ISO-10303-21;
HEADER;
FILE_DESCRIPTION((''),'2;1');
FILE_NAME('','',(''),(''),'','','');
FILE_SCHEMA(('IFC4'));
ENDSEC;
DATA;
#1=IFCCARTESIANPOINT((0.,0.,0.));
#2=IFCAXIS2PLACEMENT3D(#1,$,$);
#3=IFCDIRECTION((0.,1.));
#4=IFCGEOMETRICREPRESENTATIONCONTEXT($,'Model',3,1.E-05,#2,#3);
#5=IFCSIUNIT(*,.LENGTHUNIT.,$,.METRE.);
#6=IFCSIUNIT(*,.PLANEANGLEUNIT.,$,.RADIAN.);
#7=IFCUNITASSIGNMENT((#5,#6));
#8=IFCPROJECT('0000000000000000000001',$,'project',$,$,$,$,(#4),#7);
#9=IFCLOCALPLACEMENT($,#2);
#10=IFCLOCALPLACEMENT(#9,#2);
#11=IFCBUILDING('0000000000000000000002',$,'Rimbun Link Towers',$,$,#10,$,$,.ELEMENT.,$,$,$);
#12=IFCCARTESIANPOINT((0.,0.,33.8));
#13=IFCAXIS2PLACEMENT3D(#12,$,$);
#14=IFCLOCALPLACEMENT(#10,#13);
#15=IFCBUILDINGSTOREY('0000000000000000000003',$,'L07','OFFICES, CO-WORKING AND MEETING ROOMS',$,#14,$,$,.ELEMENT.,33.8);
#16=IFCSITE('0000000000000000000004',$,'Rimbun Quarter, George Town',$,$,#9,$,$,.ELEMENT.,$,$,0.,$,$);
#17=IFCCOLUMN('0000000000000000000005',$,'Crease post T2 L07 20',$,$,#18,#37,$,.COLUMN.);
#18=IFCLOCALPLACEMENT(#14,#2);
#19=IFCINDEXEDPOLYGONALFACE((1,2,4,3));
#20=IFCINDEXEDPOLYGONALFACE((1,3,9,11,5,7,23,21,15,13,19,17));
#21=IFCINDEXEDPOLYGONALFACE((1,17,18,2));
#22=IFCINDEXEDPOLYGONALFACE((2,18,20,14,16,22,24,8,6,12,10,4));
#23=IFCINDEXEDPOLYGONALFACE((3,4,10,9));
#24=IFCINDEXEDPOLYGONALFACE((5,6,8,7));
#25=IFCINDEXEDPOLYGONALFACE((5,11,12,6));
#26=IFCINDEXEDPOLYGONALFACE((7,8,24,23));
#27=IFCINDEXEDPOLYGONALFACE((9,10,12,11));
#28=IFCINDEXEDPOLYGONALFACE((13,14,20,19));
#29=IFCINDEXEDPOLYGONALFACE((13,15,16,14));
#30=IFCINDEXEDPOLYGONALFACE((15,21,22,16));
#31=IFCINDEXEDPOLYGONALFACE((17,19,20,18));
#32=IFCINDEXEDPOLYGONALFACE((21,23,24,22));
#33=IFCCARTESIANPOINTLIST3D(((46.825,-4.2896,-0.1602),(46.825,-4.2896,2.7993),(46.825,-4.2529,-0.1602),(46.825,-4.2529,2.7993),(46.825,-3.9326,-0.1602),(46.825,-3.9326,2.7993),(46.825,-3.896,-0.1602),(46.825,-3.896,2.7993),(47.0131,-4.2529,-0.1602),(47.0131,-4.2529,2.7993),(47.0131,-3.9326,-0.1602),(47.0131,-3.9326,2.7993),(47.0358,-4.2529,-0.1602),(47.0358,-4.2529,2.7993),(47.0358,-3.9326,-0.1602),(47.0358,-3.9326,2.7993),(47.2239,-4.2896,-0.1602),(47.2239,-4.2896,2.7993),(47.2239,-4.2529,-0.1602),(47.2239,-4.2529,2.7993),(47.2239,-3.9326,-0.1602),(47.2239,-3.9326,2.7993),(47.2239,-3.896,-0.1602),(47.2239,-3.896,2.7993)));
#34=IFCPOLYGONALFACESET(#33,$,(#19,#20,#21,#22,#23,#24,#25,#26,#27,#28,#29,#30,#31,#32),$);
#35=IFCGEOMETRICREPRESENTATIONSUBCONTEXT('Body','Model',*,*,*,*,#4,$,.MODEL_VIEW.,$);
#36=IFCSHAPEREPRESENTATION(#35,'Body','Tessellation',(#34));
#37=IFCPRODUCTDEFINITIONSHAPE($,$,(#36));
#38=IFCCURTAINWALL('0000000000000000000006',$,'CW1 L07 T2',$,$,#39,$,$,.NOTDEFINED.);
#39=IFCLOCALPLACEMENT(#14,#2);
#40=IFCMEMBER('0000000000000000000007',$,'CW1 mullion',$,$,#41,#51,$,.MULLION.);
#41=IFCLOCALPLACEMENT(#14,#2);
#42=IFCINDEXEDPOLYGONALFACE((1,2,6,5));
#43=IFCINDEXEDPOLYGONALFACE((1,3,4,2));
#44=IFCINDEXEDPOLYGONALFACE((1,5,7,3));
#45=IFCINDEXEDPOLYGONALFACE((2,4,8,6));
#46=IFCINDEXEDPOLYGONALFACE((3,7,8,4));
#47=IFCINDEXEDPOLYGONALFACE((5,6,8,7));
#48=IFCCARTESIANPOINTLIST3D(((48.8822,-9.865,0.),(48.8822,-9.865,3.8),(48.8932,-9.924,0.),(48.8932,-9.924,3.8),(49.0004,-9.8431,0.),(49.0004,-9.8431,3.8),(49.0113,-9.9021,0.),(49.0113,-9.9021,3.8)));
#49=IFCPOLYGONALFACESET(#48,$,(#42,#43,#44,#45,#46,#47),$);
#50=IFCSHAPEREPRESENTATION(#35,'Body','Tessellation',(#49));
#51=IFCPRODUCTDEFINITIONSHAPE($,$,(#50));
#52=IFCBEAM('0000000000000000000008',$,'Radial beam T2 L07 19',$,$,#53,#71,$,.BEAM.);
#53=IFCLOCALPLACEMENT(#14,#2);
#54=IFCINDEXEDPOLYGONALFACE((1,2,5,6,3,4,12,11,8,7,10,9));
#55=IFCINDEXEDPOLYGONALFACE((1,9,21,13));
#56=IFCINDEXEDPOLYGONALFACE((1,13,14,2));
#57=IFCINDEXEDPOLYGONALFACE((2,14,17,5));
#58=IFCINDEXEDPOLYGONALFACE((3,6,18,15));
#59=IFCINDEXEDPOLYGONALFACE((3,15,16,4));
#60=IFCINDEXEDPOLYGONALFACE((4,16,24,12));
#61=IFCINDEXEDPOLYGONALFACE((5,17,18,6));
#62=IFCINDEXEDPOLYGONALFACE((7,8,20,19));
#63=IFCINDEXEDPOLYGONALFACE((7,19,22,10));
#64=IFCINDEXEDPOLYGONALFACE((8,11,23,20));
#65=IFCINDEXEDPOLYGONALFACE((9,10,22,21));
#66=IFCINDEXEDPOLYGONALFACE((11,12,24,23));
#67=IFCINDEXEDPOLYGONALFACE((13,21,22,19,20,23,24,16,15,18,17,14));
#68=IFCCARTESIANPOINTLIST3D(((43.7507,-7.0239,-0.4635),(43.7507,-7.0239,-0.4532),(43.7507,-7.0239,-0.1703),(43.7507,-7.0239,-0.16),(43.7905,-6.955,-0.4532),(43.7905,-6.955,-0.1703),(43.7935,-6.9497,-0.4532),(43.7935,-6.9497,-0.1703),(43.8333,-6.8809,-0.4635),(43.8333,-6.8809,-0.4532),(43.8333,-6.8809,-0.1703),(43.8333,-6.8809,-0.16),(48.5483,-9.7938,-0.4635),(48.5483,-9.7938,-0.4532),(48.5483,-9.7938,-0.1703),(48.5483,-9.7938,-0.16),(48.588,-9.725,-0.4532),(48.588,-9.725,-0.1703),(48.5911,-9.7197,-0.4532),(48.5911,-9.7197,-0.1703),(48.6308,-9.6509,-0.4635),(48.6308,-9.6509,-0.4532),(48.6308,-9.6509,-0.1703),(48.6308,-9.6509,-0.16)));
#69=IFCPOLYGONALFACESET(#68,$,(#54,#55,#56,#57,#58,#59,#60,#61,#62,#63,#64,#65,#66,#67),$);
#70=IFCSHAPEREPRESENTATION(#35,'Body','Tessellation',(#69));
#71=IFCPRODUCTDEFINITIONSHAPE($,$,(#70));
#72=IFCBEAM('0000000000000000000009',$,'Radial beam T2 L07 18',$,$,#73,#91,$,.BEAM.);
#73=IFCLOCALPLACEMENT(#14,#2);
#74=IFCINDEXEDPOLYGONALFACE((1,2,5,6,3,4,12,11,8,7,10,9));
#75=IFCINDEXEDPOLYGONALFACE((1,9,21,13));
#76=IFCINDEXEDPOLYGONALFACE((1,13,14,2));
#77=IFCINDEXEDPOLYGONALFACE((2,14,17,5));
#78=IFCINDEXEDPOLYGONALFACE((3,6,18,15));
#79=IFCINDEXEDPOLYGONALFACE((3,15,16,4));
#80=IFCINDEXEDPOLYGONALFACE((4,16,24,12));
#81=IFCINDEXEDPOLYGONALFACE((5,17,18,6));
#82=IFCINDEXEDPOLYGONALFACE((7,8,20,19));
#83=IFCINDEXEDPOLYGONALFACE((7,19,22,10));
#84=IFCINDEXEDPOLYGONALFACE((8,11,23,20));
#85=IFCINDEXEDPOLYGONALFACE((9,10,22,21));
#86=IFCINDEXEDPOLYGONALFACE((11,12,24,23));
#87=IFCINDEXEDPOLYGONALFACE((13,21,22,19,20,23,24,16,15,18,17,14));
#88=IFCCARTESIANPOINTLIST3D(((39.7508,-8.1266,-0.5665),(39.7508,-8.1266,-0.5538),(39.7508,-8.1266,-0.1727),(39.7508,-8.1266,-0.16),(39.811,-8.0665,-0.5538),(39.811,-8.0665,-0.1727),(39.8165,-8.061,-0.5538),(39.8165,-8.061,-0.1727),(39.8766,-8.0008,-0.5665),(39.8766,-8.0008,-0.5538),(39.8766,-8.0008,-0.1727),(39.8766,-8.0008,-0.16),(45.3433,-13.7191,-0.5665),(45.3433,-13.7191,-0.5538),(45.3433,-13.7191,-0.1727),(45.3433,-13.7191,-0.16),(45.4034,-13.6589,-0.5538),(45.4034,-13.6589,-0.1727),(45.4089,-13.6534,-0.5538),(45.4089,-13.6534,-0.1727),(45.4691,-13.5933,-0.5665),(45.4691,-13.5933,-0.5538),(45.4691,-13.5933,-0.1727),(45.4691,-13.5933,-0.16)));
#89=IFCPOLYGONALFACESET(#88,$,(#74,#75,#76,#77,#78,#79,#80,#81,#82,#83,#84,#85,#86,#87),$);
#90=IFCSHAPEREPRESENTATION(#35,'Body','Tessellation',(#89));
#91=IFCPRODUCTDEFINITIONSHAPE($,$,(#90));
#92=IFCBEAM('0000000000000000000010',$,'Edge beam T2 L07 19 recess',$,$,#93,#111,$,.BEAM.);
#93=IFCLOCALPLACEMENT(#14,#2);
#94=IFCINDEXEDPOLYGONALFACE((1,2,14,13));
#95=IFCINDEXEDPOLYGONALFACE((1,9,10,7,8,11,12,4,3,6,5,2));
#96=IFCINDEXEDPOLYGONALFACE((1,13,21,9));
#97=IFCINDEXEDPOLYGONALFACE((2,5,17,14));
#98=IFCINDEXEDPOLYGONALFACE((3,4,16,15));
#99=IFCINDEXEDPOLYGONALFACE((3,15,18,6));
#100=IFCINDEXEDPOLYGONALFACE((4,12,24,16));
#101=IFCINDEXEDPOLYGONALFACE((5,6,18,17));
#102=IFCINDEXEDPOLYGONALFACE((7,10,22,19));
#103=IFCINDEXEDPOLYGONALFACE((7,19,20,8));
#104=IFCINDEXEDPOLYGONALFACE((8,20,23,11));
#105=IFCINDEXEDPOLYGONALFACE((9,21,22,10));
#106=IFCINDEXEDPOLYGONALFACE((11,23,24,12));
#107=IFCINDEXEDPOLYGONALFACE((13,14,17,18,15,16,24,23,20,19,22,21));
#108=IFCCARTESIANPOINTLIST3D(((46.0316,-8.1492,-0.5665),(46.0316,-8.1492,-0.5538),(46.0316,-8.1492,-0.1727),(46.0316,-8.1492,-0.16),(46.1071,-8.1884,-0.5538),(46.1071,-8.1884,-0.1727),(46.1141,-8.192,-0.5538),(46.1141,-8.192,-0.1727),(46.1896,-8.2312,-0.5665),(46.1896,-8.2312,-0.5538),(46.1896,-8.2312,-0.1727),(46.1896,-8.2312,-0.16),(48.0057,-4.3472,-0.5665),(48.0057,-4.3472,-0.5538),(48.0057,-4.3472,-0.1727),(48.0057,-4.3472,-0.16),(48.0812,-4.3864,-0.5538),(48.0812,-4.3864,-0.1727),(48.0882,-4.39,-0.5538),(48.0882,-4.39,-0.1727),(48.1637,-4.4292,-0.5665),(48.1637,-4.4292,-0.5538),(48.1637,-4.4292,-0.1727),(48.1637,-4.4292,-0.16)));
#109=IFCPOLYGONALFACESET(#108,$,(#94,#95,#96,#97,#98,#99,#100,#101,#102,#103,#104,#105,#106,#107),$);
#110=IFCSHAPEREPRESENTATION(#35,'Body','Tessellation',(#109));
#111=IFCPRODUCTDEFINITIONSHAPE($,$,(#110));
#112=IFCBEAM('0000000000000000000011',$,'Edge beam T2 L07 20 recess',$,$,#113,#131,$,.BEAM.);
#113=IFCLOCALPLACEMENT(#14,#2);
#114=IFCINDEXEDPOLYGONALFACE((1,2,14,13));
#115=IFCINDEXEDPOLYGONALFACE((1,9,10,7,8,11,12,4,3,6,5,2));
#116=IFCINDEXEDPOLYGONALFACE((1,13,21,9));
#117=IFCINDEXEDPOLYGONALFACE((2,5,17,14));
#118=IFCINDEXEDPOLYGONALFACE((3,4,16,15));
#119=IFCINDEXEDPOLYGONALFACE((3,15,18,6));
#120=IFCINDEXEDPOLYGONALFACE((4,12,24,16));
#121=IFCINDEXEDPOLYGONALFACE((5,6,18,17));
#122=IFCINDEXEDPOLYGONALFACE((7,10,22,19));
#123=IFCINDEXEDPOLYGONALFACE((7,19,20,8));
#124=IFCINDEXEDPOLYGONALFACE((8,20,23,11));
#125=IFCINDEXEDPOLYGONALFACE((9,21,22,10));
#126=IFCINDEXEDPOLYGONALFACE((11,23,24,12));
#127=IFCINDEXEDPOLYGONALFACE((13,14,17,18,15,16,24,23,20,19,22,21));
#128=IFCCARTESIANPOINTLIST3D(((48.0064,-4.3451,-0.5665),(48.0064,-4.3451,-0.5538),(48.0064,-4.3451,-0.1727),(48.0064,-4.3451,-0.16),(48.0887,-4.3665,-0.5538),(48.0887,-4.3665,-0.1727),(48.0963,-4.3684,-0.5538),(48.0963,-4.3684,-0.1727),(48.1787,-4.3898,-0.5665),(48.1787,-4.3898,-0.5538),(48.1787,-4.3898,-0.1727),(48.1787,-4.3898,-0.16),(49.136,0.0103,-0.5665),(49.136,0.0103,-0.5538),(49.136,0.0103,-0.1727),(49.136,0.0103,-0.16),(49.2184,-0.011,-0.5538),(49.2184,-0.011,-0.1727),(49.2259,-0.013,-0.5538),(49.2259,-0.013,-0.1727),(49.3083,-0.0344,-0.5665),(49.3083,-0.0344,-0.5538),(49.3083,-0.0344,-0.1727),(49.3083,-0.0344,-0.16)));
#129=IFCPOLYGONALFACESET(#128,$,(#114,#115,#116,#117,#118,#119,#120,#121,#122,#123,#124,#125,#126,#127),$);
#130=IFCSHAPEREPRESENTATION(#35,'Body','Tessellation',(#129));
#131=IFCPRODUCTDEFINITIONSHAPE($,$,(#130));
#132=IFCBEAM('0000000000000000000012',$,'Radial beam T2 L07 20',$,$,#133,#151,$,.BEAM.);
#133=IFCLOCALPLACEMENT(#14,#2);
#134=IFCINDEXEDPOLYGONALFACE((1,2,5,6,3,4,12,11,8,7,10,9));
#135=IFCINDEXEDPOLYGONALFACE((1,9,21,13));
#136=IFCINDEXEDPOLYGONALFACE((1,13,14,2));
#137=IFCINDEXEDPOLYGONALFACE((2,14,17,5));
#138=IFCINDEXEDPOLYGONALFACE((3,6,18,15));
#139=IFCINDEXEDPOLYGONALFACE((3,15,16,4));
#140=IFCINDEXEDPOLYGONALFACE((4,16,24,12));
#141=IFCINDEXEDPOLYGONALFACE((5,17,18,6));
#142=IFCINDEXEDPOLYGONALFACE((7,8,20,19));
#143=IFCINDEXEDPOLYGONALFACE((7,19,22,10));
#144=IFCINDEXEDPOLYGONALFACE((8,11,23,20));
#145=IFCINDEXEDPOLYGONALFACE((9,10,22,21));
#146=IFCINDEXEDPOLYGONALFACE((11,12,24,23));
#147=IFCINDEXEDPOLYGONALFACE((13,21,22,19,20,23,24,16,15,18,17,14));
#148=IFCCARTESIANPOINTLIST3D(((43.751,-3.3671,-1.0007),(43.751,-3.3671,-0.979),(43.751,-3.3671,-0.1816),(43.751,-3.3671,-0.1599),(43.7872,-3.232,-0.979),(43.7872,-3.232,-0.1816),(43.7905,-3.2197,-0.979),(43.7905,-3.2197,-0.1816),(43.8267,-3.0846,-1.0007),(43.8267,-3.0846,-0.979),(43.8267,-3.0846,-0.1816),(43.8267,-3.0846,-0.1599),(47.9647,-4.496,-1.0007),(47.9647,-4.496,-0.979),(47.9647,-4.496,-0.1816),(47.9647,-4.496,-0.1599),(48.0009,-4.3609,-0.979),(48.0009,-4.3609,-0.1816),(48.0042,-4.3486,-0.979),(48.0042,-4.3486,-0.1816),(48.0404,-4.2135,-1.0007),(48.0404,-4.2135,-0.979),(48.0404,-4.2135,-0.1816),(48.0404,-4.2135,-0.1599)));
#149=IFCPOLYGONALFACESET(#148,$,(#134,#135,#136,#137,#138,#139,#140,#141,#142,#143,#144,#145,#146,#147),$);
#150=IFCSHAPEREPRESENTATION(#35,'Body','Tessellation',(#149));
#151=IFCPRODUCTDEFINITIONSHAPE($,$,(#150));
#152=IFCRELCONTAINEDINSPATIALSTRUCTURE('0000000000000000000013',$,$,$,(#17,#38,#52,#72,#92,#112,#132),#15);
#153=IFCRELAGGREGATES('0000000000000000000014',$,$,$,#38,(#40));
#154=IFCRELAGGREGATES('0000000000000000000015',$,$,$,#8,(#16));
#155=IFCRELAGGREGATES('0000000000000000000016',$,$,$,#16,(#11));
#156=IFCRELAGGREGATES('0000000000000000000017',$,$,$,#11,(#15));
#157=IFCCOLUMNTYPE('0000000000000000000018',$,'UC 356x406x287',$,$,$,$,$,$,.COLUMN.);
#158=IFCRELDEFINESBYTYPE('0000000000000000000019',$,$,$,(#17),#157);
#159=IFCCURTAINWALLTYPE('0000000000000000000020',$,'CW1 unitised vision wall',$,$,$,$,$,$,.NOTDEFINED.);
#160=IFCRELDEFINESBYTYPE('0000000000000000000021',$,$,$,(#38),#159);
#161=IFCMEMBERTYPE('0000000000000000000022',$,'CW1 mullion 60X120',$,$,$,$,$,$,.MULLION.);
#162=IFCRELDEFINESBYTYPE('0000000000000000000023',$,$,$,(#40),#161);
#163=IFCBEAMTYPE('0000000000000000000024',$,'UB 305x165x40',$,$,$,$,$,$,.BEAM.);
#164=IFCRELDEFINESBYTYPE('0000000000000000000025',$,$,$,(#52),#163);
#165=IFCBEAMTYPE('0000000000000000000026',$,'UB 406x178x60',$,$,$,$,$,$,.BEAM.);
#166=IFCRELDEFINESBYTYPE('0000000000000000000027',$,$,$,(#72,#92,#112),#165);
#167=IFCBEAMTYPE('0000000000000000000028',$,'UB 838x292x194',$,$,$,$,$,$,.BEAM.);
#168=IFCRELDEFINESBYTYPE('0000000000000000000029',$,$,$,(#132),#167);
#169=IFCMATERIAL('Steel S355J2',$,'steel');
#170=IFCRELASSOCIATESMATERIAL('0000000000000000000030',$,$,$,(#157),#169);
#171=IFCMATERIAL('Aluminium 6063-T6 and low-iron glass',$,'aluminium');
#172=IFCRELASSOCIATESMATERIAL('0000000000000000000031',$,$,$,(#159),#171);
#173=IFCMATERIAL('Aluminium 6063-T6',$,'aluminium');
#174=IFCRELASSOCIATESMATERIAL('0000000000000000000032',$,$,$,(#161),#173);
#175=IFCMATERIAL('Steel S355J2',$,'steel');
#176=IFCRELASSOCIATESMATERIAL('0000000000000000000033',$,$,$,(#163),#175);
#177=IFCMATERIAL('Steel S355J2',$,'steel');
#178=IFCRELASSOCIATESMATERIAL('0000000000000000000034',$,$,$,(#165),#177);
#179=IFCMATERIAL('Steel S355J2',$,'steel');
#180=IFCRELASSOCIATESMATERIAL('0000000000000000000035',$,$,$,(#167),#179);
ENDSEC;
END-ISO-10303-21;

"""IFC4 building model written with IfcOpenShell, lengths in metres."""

from ifc_helpers import new_model, si_unit, direction, frame, origin, origin_2d, place, context, subcontext, project, spatial, rectangle, i_section, extrude, material, material_profile, profile_set, type_object, element, aggregate, save


model = new_model("IFC4")

# Units and contexts
model_context = context("Model", 3, precision=1e-05, world=origin(), true_north=direction((0.0, 1.0)))
body_context = subcontext(model_context, "Body", "Model", "MODEL_VIEW")
ifc_project = project(units=[si_unit("LENGTHUNIT", "METRE"), si_unit("PLANEANGLEUNIT", "RADIAN")], contexts=[model_context])

# Site, building, storey
site_placement = place(None, origin())
site = spatial("IfcSite", under=ifc_project, at=site_placement, Name="Rimbun Quarter, George Town", CompositionType="ELEMENT", RefElevation=0.0)
building_placement = place(site_placement, origin())
building = spatial("IfcBuilding", under=site, at=building_placement, Name="Rimbun Link Towers", CompositionType="ELEMENT")
storey_placement = place(building_placement, frame((0.0, 0.0, 33.8)))
storey = spatial("IfcBuildingStorey", under=building, at=storey_placement, Name="L07", Description="OFFICES, CO-WORKING AND MEETING ROOMS", CompositionType="ELEMENT", Elevation=33.8)

# Column
ifc_material_1 = material(Name="Steel S355J2", Category="steel")
ifc_material_profile_1 = material_profile(ifc_material_1, i_section(OverallWidth=0.3989, OverallDepth=0.3936, WebThickness=0.0227, FlangeThickness=0.0366, at=origin_2d()), Name="UC 356x406x287")
ifc_profile_set_1 = profile_set([ifc_material_profile_1], Name="Steel S355J2")
column_type = type_object("IfcColumnType", Name="UC 356x406x287", PredefinedType="COLUMN", material=ifc_profile_set_1)
column_placement = place(storey_placement, frame((47.0244, -4.0928, -0.1602), z_axis=(0.0, 0.0, 1.0), x_axis=(1.0, 0.0, 0.0)))
element("IfcColumn", 1, at=column_placement, inside=storey, type_object=column_type, Name="Crease post T2 L07 20", PredefinedType="COLUMN", context=body_context, shape_type="SweptSolid", body=[
    extrude(i_section(OverallWidth=0.3989, OverallDepth=0.3936, WebThickness=0.0227, FlangeThickness=0.0366, at=origin_2d()), origin(), (0.0, 0.0, 1.0), 2.9595),
])

# Curtain wall, member
ifc_material_2 = material(Name="Aluminium 6063-T6 and low-iron glass", Category="aluminium")
curtain_wall_type = type_object("IfcCurtainWallType", Name="CW1 unitised vision wall", PredefinedType="NOTDEFINED", material=ifc_material_2)
curtain_wall_placement = place(storey_placement, origin())
curtain_wall = element("IfcCurtainWall", 2, at=curtain_wall_placement, inside=storey, type_object=curtain_wall_type, Name="CW1 L07 T2", PredefinedType="NOTDEFINED")
ifc_material_3 = material(Name="Aluminium 6063-T6", Category="aluminium")
ifc_material_profile_2 = material_profile(ifc_material_3, rectangle(XDim=0.1201, YDim=0.0601, at=origin_2d()), Name="MULLION 60X120")
ifc_profile_set_2 = profile_set([ifc_material_profile_2], Name="Aluminium 6063-T6")
member_type = type_object("IfcMemberType", Name="CW1 mullion 60X120", PredefinedType="MULLION", material=ifc_profile_set_2)
member_placement = place(storey_placement, frame((48.9468, -9.8835, 0.0), z_axis=(0.0, 0.0, 1.0), x_axis=(0.983235, 0.182345, 0.0)))
member = element("IfcMember", 3, at=member_placement, type_object=member_type, Name="CW1 mullion", PredefinedType="MULLION", context=body_context, shape_type="SweptSolid", body=[
    extrude(rectangle(XDim=0.1201, YDim=0.0601, at=origin_2d()), origin(), (0.0, 0.0, 1.0), 3.8),
])
aggregate(curtain_wall, [member])

# Beams
ifc_material_4 = material(Name="Steel S355J2", Category="steel")
ifc_material_profile_3 = material_profile(ifc_material_4, i_section(OverallWidth=0.165, OverallDepth=0.3035, WebThickness=0.0061, FlangeThickness=0.0103, at=origin_2d()), Name="UB 305x165x40")
ifc_profile_set_3 = profile_set([ifc_material_profile_3], Name="Steel S355J2")
beam_type_1 = type_object("IfcBeamType", Name="UB 305x165x40", PredefinedType="BEAM", material=ifc_profile_set_3)
beam_1_placement = place(storey_placement, frame((43.792, -6.9524, -0.3118), z_axis=(0.866016, -0.500016, 0.0), x_axis=(0.500016, 0.866016, 0.0)))
element("IfcBeam", 4, at=beam_1_placement, inside=storey, type_object=beam_type_1, Name="Radial beam T2 L07 19", PredefinedType="BEAM", context=body_context, shape_type="SweptSolid", body=[
    extrude(i_section(OverallWidth=0.165, OverallDepth=0.3035, WebThickness=0.0061, FlangeThickness=0.0103, at=origin_2d()), origin(), (0.0, 0.0, 1.0), 5.5398),
])
ifc_material_5 = material(Name="Steel S355J2", Category="steel")
ifc_material_profile_4 = material_profile(ifc_material_5, i_section(OverallWidth=0.178, OverallDepth=0.4065, WebThickness=0.0078, FlangeThickness=0.0127, at=origin_2d()), Name="UB 406x178x60")
ifc_profile_set_4 = profile_set([ifc_material_profile_4], Name="Steel S355J2")
beam_type_2 = type_object("IfcBeamType", Name="UB 406x178x60", PredefinedType="BEAM", material=ifc_profile_set_4)
beam_2_placement = place(storey_placement, frame((39.8137, -8.0637, -0.3633), z_axis=(0.707107, -0.707107, 0.0), x_axis=(0.707107, 0.707107, 0.0)))
element("IfcBeam", 5, at=beam_2_placement, inside=storey, type_object=beam_type_2, Name="Radial beam T2 L07 18", PredefinedType="BEAM", context=body_context, shape_type="SweptSolid", body=[
    extrude(i_section(OverallWidth=0.178, OverallDepth=0.4065, WebThickness=0.0078, FlangeThickness=0.0127, at=origin_2d()), origin(), (0.0, 0.0, 1.0), 7.9089),
])
beam_3_placement = place(storey_placement, frame((46.1106, -8.1902, -0.3633), z_axis=(0.460816, 0.887496, 0.0), x_axis=(-0.887496, 0.460816, 0.0)))
element("IfcBeam", 6, at=beam_3_placement, inside=storey, type_object=beam_type_2, Name="Edge beam T2 L07 19 recess", PredefinedType="BEAM", context=body_context, shape_type="SweptSolid", body=[
    extrude(i_section(OverallWidth=0.178, OverallDepth=0.4065, WebThickness=0.0078, FlangeThickness=0.0127, at=origin_2d()), origin(), (0.0, 0.0, 1.0), 4.2839),
])
beam_4_placement = place(storey_placement, frame((48.0925, -4.3674, -0.3633), z_axis=(0.251054, 0.967973, 0.0), x_axis=(-0.967973, 0.251054, 0.0)))
element("IfcBeam", 7, at=beam_4_placement, inside=storey, type_object=beam_type_2, Name="Edge beam T2 L07 20 recess", PredefinedType="BEAM", context=body_context, shape_type="SweptSolid", body=[
    extrude(i_section(OverallWidth=0.178, OverallDepth=0.4065, WebThickness=0.0078, FlangeThickness=0.0127, at=origin_2d()), origin(), (0.0, 0.0, 1.0), 4.4995),
])
ifc_material_6 = material(Name="Steel S355J2", Category="steel")
ifc_material_profile_5 = material_profile(ifc_material_6, i_section(OverallWidth=0.2925, OverallDepth=0.8408, WebThickness=0.0127, FlangeThickness=0.0217, at=origin_2d()), Name="UB 838x292x194")
ifc_profile_set_5 = profile_set([ifc_material_profile_5], Name="Steel S355J2")
beam_type_3 = type_object("IfcBeamType", Name="UB 838x292x194", PredefinedType="BEAM", material=ifc_profile_set_5)
beam_5_placement = place(storey_placement, frame((43.7888, -3.2258, -0.5803), z_axis=(0.965933, -0.258791, 0.0), x_axis=(0.258791, 0.965933, 0.0)))
element("IfcBeam", 8, at=beam_5_placement, inside=storey, type_object=beam_type_3, Name="Radial beam T2 L07 20", PredefinedType="BEAM", context=body_context, shape_type="SweptSolid", body=[
    extrude(i_section(OverallWidth=0.2925, OverallDepth=0.8408, WebThickness=0.0127, FlangeThickness=0.0217, at=origin_2d()), origin(), (0.0, 0.0, 1.0), 4.3623),
])

save(model, "model.ifc")
